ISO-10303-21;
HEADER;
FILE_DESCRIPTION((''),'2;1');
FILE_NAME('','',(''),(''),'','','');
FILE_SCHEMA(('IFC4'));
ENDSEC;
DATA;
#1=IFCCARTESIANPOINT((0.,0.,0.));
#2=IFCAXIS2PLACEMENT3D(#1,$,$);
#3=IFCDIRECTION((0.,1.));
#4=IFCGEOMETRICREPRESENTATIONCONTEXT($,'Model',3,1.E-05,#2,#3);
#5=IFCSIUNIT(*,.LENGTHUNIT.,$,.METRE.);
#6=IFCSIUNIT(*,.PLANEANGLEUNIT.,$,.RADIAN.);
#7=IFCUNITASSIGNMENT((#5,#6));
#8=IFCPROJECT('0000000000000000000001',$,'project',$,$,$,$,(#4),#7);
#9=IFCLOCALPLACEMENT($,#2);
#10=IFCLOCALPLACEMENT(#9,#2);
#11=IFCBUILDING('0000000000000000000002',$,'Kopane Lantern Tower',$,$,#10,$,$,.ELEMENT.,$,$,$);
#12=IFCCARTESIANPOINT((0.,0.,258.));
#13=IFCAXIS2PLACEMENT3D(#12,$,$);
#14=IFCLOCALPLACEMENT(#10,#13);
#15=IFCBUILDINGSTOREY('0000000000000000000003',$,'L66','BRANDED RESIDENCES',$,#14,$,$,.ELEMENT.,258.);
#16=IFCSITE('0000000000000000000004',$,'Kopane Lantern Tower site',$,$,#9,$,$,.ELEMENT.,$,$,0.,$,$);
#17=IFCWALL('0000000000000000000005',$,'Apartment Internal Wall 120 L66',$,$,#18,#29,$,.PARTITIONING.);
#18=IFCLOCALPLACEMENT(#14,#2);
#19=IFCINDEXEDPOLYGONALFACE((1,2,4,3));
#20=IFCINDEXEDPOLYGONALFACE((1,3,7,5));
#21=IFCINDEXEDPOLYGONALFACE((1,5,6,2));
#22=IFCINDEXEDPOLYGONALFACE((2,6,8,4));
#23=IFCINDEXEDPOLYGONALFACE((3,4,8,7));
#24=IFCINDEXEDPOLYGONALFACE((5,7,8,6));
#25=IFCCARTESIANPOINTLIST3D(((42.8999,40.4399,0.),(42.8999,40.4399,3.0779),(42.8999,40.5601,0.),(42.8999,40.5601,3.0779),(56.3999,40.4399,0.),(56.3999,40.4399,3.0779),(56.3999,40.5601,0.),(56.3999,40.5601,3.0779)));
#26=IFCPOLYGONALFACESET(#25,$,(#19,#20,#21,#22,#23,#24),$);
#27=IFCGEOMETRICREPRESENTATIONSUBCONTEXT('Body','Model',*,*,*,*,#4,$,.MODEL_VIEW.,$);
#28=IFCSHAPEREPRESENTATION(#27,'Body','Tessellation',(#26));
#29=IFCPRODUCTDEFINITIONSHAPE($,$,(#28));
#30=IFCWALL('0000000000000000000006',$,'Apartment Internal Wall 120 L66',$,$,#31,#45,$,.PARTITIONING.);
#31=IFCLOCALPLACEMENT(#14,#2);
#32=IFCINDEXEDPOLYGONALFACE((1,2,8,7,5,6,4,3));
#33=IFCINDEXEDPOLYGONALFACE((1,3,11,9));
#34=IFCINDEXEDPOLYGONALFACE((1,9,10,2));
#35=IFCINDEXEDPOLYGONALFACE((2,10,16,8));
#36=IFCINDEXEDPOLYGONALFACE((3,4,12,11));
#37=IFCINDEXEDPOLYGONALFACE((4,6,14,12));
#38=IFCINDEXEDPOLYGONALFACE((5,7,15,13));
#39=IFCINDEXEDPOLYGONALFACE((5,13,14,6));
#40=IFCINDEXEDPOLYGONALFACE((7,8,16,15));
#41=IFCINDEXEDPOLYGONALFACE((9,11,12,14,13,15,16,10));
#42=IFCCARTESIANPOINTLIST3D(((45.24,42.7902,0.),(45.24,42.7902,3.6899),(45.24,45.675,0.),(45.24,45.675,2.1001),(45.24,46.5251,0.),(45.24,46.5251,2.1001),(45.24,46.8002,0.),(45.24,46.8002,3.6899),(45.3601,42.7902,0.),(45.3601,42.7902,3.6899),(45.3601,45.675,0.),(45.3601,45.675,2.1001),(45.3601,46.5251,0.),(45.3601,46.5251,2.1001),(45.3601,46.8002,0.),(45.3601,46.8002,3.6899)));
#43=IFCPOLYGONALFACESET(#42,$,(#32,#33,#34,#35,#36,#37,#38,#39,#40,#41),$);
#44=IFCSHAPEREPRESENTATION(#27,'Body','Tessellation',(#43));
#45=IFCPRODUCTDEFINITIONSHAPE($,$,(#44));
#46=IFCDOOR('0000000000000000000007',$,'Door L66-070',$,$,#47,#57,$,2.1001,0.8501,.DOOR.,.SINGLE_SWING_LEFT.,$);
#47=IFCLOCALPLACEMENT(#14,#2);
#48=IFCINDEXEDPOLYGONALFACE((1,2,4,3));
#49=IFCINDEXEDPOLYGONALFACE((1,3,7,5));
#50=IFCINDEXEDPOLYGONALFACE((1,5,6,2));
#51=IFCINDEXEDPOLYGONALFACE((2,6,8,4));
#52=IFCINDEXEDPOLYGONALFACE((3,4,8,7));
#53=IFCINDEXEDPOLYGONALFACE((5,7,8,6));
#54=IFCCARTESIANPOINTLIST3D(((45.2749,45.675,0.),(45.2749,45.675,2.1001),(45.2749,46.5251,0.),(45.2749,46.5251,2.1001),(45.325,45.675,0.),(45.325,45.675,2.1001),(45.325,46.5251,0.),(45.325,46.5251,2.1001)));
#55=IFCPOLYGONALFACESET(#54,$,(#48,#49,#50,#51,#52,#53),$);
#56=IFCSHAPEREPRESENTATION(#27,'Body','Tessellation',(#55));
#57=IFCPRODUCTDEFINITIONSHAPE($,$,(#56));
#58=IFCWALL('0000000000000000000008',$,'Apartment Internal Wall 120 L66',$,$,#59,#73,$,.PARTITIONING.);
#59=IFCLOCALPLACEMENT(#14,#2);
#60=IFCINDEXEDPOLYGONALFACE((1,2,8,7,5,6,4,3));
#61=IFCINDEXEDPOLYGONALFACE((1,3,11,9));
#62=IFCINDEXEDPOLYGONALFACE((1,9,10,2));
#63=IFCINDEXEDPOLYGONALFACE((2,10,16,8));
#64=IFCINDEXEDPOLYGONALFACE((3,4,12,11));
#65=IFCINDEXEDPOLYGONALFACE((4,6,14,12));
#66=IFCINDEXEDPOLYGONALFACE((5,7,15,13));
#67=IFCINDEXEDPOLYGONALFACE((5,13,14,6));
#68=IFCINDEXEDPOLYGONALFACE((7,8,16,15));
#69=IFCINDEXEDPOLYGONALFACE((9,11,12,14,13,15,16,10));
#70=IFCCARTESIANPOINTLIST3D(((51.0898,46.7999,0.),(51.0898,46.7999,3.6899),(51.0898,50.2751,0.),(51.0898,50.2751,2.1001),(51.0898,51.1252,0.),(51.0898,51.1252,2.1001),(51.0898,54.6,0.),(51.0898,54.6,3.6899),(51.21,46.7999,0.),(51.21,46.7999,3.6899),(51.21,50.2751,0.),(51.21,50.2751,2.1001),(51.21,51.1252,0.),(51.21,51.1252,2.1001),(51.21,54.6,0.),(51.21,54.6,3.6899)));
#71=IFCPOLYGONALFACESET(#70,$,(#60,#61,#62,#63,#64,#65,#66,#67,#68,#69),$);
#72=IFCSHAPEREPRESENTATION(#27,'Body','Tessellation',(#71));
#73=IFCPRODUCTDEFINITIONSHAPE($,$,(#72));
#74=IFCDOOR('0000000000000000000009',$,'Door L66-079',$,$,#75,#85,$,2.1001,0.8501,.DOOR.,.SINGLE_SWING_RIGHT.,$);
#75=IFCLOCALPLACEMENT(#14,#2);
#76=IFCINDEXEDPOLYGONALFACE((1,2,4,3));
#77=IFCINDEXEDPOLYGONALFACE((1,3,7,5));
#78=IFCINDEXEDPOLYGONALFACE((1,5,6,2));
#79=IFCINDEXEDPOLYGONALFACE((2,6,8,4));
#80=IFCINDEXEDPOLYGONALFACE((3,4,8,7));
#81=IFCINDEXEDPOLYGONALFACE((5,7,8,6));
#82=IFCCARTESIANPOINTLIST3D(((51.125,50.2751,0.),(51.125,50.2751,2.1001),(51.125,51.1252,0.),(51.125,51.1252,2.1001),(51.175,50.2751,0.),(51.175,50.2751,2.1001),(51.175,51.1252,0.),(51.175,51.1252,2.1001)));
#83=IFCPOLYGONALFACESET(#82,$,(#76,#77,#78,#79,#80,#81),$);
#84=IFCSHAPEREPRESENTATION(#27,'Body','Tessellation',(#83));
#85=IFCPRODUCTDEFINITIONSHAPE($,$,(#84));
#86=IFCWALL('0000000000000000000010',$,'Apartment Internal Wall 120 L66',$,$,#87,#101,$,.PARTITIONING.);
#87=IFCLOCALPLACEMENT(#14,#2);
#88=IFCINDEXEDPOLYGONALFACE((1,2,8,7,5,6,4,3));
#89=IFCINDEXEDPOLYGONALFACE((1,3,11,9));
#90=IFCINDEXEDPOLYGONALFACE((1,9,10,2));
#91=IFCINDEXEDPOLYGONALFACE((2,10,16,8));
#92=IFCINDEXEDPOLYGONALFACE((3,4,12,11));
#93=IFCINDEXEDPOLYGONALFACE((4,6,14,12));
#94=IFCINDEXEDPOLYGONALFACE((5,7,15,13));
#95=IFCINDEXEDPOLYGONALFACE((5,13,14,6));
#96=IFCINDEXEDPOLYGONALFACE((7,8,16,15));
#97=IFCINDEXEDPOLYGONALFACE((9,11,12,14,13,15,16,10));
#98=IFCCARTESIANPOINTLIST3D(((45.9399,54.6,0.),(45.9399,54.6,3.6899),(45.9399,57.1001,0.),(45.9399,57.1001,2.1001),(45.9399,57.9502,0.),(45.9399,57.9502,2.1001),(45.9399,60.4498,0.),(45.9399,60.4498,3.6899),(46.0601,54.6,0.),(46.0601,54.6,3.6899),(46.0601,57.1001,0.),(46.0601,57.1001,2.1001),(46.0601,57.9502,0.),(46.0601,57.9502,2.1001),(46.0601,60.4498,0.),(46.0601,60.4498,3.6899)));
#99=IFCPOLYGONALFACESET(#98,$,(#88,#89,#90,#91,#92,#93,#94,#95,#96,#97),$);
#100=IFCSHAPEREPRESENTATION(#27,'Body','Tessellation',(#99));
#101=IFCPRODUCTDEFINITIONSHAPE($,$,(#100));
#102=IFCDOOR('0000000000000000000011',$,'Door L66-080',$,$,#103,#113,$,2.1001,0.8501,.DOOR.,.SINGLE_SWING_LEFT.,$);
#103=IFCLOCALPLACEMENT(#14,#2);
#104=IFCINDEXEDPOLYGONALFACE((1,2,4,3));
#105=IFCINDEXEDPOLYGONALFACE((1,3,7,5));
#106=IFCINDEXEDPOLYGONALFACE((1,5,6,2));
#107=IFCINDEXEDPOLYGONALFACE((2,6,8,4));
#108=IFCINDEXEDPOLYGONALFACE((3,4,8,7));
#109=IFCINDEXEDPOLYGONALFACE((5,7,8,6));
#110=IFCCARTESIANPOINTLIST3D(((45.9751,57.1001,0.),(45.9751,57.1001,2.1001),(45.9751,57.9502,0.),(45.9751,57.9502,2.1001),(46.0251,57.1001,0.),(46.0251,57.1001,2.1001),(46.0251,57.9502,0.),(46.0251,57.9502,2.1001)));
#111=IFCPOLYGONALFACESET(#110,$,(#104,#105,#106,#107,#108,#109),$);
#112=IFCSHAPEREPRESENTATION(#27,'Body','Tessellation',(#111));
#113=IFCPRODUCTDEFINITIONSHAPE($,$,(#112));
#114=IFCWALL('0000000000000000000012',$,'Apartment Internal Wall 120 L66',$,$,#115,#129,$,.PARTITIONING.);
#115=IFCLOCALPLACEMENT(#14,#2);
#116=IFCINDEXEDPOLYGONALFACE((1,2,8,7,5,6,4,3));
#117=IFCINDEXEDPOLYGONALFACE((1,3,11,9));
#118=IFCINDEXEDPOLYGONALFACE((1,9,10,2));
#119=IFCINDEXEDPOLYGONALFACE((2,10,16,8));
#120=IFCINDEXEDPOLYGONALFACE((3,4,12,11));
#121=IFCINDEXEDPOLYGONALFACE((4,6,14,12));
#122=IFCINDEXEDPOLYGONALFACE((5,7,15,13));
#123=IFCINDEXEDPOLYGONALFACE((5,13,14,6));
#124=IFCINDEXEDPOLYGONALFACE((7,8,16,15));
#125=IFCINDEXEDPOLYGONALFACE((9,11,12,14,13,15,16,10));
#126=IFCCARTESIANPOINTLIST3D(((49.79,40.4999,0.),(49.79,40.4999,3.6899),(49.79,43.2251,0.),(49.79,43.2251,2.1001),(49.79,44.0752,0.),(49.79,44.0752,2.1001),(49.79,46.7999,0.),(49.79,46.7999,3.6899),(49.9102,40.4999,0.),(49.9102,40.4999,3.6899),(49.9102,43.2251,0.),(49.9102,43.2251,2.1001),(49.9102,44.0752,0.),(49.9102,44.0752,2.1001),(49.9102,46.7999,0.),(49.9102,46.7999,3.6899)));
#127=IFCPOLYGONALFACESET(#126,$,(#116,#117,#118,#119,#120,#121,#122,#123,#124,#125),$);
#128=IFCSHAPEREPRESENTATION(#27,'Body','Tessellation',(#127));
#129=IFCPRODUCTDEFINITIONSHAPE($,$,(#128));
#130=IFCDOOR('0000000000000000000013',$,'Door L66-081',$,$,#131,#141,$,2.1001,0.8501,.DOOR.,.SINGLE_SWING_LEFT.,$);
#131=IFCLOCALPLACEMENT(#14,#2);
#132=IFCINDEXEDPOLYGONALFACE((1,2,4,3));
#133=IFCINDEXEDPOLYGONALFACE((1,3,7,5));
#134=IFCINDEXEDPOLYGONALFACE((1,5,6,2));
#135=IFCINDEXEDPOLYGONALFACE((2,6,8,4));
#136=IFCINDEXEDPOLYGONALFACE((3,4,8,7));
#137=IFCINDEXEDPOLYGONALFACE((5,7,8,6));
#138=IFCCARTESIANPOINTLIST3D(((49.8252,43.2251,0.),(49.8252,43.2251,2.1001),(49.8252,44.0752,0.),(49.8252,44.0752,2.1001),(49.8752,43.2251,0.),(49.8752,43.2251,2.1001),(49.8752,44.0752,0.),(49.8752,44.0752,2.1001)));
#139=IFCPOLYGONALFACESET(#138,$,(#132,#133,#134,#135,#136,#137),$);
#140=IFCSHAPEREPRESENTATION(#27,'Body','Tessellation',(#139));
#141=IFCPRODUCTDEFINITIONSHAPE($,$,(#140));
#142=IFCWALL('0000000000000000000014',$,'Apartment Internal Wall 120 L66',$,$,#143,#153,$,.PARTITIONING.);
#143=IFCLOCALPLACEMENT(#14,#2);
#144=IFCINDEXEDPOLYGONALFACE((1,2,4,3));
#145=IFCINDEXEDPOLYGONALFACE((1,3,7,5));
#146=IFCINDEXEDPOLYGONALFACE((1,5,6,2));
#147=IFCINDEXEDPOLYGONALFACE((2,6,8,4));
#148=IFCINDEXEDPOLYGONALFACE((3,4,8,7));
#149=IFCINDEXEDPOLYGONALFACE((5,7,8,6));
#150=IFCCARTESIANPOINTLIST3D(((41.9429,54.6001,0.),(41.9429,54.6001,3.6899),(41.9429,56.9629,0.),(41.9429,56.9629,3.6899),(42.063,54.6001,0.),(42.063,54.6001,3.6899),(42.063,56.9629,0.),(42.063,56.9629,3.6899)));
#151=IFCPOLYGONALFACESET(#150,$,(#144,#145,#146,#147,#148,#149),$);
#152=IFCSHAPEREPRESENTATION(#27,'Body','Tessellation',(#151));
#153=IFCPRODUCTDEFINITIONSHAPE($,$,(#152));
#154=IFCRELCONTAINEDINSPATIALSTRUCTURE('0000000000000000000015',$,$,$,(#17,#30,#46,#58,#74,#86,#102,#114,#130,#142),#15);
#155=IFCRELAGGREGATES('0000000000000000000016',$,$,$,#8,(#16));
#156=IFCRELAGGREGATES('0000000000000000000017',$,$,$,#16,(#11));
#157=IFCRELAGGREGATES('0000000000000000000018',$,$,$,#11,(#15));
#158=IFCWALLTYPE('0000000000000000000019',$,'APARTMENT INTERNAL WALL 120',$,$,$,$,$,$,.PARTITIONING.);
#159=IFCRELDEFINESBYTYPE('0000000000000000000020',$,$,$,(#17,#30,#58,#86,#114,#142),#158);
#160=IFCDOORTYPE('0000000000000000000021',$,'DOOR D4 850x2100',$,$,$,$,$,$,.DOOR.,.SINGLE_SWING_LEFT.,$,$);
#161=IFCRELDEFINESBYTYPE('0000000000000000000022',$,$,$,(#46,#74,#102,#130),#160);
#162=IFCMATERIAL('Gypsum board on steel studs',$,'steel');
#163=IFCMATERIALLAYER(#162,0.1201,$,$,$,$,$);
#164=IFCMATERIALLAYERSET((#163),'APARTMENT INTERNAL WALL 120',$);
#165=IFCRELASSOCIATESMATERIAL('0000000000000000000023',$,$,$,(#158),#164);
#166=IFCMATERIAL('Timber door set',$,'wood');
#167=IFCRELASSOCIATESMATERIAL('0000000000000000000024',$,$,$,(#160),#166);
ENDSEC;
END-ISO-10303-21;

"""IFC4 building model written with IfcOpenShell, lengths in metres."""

from ifc_helpers import new_model, si_unit, direction, frame, frame_2d, origin, place, context, subcontext, project, spatial, rectangle, extrude, material, layer, layer_set, type_object, element, fill, save


model = new_model("IFC4")

# Units and contexts
model_context = context("Model", 3, precision=1e-05, world=origin(), true_north=direction((0.0, 1.0)))
body_context = subcontext(model_context, "Body", "Model", "MODEL_VIEW")
ifc_project = project(units=[si_unit("LENGTHUNIT", "METRE"), si_unit("PLANEANGLEUNIT", "RADIAN")], contexts=[model_context])

# Site, building, storey
site_placement = place(None, origin())
site = spatial("IfcSite", under=ifc_project, at=site_placement, Name="Kopane Lantern Tower site", CompositionType="ELEMENT", RefElevation=0.0)
building_placement = place(site_placement, origin())
building = spatial("IfcBuilding", under=site, at=building_placement, Name="Kopane Lantern Tower", CompositionType="ELEMENT")
storey_placement = place(building_placement, frame((0.0, 0.0, 258.0)))
storey = spatial("IfcBuildingStorey", under=building, at=storey_placement, Name="L66", Description="BRANDED RESIDENCES", CompositionType="ELEMENT", Elevation=258.0)

# Shared definitions
ifc_material_1 = material(Name="Gypsum board on steel studs", Category="steel")
ifc_layer_1 = layer(ifc_material_1, 0.1201)
ifc_layer_set_1 = layer_set([ifc_layer_1], Name="APARTMENT INTERNAL WALL 120")
wall_type_1 = type_object("IfcWallType", Name="APARTMENT INTERNAL WALL 120", PredefinedType="PARTITIONING", material=ifc_layer_set_1)
ifc_material_2 = material(Name="Timber door set", Category="wood")
door_type_1 = type_object("IfcDoorType", Name="DOOR D4 850x2100", OperationType="SINGLE_SWING_LEFT", PredefinedType="DOOR", material=ifc_material_2)

# Wall
wall_1_placement = place(storey_placement, frame((42.8999, 40.5, 0.0), z_axis=(0.0, 0.0, 1.0), x_axis=(1.0, 0.0, 0.0)))
element("IfcWall", 1, at=wall_1_placement, inside=storey, type_object=wall_type_1, Name="Apartment Internal Wall 120 L66", PredefinedType="PARTITIONING", context=body_context, shape_type="SweptSolid", body=[
    extrude(rectangle(XDim=13.5, YDim=0.1201, at=frame_2d((6.75, 0.0))), origin(), (0.0, 0.0, 1.0), 3.0779),
])

# Walls, openings, doors
wall_2_placement = place(storey_placement, frame((45.3, 46.8, 0.0), z_axis=(0.0, 0.0, 1.0), x_axis=(0.0, -1.0, 0.0)))
wall_2 = element("IfcWall", 2, at=wall_2_placement, inside=storey, type_object=wall_type_1, Name="Apartment Internal Wall 120 L66", PredefinedType="PARTITIONING", context=body_context, shape_type="SweptSolid", body=[
    extrude(rectangle(XDim=4.01, YDim=0.1201, at=frame_2d((2.0049, 0.0))), origin(), (0.0, 0.0, 1.0), 3.6899),
])
opening_1_placement = place(wall_2_placement, frame((0.2749, 0.0, 0.0)))
opening_1 = element("IfcOpeningElement", 3, at=opening_1_placement, cuts=wall_2, PredefinedType="OPENING", context=body_context, shape_type="SweptSolid", body=[
    extrude(rectangle(XDim=0.8501, YDim=2.1001, at=frame_2d((0.425, 1.05))), frame((0.0, 0.0701, 0.0), z_axis=(0.0, -1.0, 0.0), x_axis=(1.0, 0.0, 0.0)), (0.0, 0.0, 1.0), 0.1401),
])
door_1_placement = place(opening_1_placement, origin())
door_1 = element("IfcDoor", 4, at=door_1_placement, inside=storey, type_object=door_type_1, Name="Door L66-070", OperationType="SINGLE_SWING_LEFT", OverallHeight=2.1001, OverallWidth=0.8501, PredefinedType="DOOR", context=body_context, shape_type="SweptSolid", body=[
    extrude(rectangle(XDim=0.8501, YDim=2.1001, at=frame_2d((0.425, 1.05))), frame((0.0, 0.0249, 0.0), z_axis=(0.0, -1.0, 0.0), x_axis=(1.0, 0.0, 0.0)), (0.0, 0.0, 1.0), 0.05),
])
fill(opening_1, door_1)
wall_3_placement = place(storey_placement, frame((51.1499, 46.8, 0.0), z_axis=(0.0, 0.0, 1.0), x_axis=(0.0, 1.0, 0.0)))
wall_3 = element("IfcWall", 5, at=wall_3_placement, inside=storey, type_object=wall_type_1, Name="Apartment Internal Wall 120 L66", PredefinedType="PARTITIONING", context=body_context, shape_type="SweptSolid", body=[
    extrude(rectangle(XDim=7.8, YDim=0.1201, at=frame_2d((3.8999, 0.0))), origin(), (0.0, 0.0, 1.0), 3.6899),
])
opening_2_placement = place(wall_3_placement, frame((3.4751, 0.0, 0.0)))
opening_2 = element("IfcOpeningElement", 6, at=opening_2_placement, cuts=wall_3, PredefinedType="OPENING", context=body_context, shape_type="SweptSolid", body=[
    extrude(rectangle(XDim=0.8501, YDim=2.1001, at=frame_2d((0.425, 1.05))), frame((0.0, 0.0701, 0.0), z_axis=(0.0, -1.0, 0.0), x_axis=(1.0, 0.0, 0.0)), (0.0, 0.0, 1.0), 0.1401),
])
door_2_placement = place(opening_2_placement, origin())
door_2 = element("IfcDoor", 7, at=door_2_placement, inside=storey, type_object=door_type_1, Name="Door L66-079", OperationType="SINGLE_SWING_RIGHT", OverallHeight=2.1001, OverallWidth=0.8501, PredefinedType="DOOR", context=body_context, shape_type="SweptSolid", body=[
    extrude(rectangle(XDim=0.8501, YDim=2.1001, at=frame_2d((0.425, 1.05))), frame((0.0, 0.0249, 0.0), z_axis=(0.0, -1.0, 0.0), x_axis=(1.0, 0.0, 0.0)), (0.0, 0.0, 1.0), 0.05),
])
fill(opening_2, door_2)
wall_4_placement = place(storey_placement, frame((46.0, 54.6001, 0.0), z_axis=(0.0, 0.0, 1.0), x_axis=(0.0, 1.0, 0.0)))
wall_4 = element("IfcWall", 8, at=wall_4_placement, inside=storey, type_object=wall_type_1, Name="Apartment Internal Wall 120 L66", PredefinedType="PARTITIONING", context=body_context, shape_type="SweptSolid", body=[
    extrude(rectangle(XDim=5.8499, YDim=0.1201, at=frame_2d((2.9248, 0.0))), origin(), (0.0, 0.0, 1.0), 3.6899),
])
opening_3_placement = place(wall_4_placement, frame((2.5, 0.0, 0.0)))
opening_3 = element("IfcOpeningElement", 9, at=opening_3_placement, cuts=wall_4, PredefinedType="OPENING", context=body_context, shape_type="SweptSolid", body=[
    extrude(rectangle(XDim=0.8501, YDim=2.1001, at=frame_2d((0.425, 1.05))), frame((0.0, 0.0701, 0.0), z_axis=(0.0, -1.0, 0.0), x_axis=(1.0, 0.0, 0.0)), (0.0, 0.0, 1.0), 0.1401),
])
door_3_placement = place(opening_3_placement, origin())
door_3 = element("IfcDoor", 10, at=door_3_placement, inside=storey, type_object=door_type_1, Name="Door L66-080", OperationType="SINGLE_SWING_LEFT", OverallHeight=2.1001, OverallWidth=0.8501, PredefinedType="DOOR", context=body_context, shape_type="SweptSolid", body=[
    extrude(rectangle(XDim=0.8501, YDim=2.1001, at=frame_2d((0.425, 1.05))), frame((0.0, 0.0249, 0.0), z_axis=(0.0, -1.0, 0.0), x_axis=(1.0, 0.0, 0.0)), (0.0, 0.0, 1.0), 0.05),
])
fill(opening_3, door_3)
wall_5_placement = place(storey_placement, frame((49.8501, 40.5, 0.0), z_axis=(0.0, 0.0, 1.0), x_axis=(0.0, 1.0, 0.0)))
wall_5 = element("IfcWall", 11, at=wall_5_placement, inside=storey, type_object=wall_type_1, Name="Apartment Internal Wall 120 L66", PredefinedType="PARTITIONING", context=body_context, shape_type="SweptSolid", body=[
    extrude(rectangle(XDim=6.3, YDim=0.1201, at=frame_2d((3.1499, 0.0))), origin(), (0.0, 0.0, 1.0), 3.6899),
])
opening_4_placement = place(wall_5_placement, frame((2.7251, 0.0, 0.0)))
opening_4 = element("IfcOpeningElement", 12, at=opening_4_placement, cuts=wall_5, PredefinedType="OPENING", context=body_context, shape_type="SweptSolid", body=[
    extrude(rectangle(XDim=0.8501, YDim=2.1001, at=frame_2d((0.425, 1.05))), frame((0.0, 0.0701, 0.0), z_axis=(0.0, -1.0, 0.0), x_axis=(1.0, 0.0, 0.0)), (0.0, 0.0, 1.0), 0.1401),
])
door_4_placement = place(opening_4_placement, origin())
door_4 = element("IfcDoor", 13, at=door_4_placement, inside=storey, type_object=door_type_1, Name="Door L66-081", OperationType="SINGLE_SWING_LEFT", OverallHeight=2.1001, OverallWidth=0.8501, PredefinedType="DOOR", context=body_context, shape_type="SweptSolid", body=[
    extrude(rectangle(XDim=0.8501, YDim=2.1001, at=frame_2d((0.425, 1.05))), frame((0.0, 0.0249, 0.0), z_axis=(0.0, -1.0, 0.0), x_axis=(1.0, 0.0, 0.0)), (0.0, 0.0, 1.0), 0.05),
])
fill(opening_4, door_4)

# Wall
wall_6_placement = place(storey_placement, frame((42.0029, 54.6001, 0.0), z_axis=(0.0, 0.0, 1.0), x_axis=(0.0, 1.0, 0.0)))
element("IfcWall", 14, at=wall_6_placement, inside=storey, type_object=wall_type_1, Name="Apartment Internal Wall 120 L66", PredefinedType="PARTITIONING", context=body_context, shape_type="SweptSolid", body=[
    extrude(rectangle(XDim=2.3628, YDim=0.1201, at=frame_2d((1.1814, 0.0))), origin(), (0.0, 0.0, 1.0), 3.6899),
])

save(model, "model.ifc")
